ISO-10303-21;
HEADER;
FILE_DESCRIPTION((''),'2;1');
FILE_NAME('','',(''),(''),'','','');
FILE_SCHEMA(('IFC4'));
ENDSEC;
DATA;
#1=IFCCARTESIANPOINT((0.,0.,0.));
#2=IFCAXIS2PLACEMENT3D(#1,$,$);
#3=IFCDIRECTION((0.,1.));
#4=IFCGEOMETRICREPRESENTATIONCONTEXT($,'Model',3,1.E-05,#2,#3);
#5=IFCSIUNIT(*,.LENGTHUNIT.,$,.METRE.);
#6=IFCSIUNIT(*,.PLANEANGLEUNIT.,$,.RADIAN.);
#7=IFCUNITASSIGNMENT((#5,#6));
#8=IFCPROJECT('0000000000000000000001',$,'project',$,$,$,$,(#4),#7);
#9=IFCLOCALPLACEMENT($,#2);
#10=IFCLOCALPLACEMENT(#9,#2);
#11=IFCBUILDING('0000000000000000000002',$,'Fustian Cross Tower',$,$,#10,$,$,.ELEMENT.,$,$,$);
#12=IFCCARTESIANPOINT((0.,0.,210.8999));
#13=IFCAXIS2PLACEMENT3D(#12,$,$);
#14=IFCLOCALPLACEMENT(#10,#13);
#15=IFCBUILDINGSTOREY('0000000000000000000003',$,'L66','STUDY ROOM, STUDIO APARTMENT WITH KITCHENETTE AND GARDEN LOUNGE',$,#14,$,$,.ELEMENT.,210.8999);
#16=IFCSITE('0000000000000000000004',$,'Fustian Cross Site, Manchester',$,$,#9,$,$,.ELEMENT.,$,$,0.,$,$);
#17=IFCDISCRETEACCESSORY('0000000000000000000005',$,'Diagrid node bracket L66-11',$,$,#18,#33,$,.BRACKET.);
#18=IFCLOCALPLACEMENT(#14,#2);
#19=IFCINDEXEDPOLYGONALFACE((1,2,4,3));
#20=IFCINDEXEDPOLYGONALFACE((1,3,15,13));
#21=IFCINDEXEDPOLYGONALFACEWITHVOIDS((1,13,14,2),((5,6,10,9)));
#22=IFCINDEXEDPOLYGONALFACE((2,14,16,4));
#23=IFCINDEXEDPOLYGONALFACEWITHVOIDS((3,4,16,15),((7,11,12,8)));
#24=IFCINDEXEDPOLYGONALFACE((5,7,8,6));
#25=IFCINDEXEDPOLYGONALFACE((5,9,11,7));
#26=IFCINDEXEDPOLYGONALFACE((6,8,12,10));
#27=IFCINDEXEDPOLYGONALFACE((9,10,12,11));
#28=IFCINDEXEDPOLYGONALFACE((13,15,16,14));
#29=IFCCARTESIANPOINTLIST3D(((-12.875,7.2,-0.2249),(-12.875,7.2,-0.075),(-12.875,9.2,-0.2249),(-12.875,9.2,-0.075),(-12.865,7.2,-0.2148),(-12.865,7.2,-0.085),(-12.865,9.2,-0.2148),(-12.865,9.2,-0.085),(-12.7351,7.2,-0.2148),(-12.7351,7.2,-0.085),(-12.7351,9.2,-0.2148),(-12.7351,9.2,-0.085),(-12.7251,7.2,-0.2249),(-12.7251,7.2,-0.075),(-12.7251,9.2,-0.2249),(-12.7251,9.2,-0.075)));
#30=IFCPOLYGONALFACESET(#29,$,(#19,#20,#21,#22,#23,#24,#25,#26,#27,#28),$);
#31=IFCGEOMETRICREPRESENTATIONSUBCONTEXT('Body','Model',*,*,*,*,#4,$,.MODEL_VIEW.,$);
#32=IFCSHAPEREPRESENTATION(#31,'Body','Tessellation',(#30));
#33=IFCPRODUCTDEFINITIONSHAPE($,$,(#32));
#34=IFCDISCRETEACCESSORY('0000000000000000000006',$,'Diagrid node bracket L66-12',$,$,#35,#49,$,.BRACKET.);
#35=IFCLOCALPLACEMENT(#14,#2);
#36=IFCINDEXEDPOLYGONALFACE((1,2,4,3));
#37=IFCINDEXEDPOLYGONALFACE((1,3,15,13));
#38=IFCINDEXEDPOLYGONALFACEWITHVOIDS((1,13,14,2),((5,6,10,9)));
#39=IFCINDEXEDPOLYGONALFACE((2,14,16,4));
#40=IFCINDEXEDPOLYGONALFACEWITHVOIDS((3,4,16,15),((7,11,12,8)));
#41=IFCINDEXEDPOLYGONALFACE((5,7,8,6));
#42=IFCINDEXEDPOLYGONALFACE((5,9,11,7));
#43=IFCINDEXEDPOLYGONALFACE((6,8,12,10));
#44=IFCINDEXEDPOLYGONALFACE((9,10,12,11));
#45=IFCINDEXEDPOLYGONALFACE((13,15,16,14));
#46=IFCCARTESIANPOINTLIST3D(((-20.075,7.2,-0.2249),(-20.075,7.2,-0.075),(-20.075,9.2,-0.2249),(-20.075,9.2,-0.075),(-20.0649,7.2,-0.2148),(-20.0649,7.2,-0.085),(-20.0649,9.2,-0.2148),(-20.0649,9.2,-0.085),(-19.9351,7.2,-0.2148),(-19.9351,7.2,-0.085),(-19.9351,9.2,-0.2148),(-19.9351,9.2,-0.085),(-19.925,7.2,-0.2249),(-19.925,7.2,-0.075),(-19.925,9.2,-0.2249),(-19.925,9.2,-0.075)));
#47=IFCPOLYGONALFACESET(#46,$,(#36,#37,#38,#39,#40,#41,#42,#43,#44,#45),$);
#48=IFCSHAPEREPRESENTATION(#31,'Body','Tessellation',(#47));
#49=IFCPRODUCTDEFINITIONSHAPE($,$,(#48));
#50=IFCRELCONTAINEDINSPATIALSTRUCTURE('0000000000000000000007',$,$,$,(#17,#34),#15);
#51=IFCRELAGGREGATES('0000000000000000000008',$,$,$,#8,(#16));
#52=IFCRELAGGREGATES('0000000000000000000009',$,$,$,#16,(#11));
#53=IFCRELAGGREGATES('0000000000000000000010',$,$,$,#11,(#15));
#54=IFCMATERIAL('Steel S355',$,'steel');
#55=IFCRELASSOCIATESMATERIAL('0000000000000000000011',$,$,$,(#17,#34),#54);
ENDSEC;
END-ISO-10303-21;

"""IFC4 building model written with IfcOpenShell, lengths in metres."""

from ifc_helpers import new_model, si_unit, direction, frame, origin, origin_2d, place, context, subcontext, project, spatial, hollow_rectangle, extrude, material, element, save


model = new_model("IFC4")

# Units and contexts
model_context = context("Model", 3, precision=1e-05, world=origin(), true_north=direction((0.0, 1.0)))
body_context = subcontext(model_context, "Body", "Model", "MODEL_VIEW")
ifc_project = project(units=[si_unit("LENGTHUNIT", "METRE"), si_unit("PLANEANGLEUNIT", "RADIAN")], contexts=[model_context])

# Site, building, storey
site_placement = place(None, origin())
site = spatial("IfcSite", under=ifc_project, at=site_placement, Name="Fustian Cross Site, Manchester", CompositionType="ELEMENT", RefElevation=0.0)
building_placement = place(site_placement, origin())
building = spatial("IfcBuilding", under=site, at=building_placement, Name="Fustian Cross Tower", CompositionType="ELEMENT")
storey_placement = place(building_placement, frame((0.0, 0.0, 210.8999)))
storey = spatial("IfcBuildingStorey", under=building, at=storey_placement, Name="L66", Description="STUDY ROOM, STUDIO APARTMENT WITH KITCHENETTE AND GARDEN LOUNGE", CompositionType="ELEMENT", Elevation=210.8999)

# Discrete accessories
ifc_material_1 = material(Name="Steel S355", Category="steel")
for number, where, z_axis, x_axis, name in (
    (1, (-12.8, 9.2, -0.1499), (0.0, -1.0, 0.0), (1.0, 0.0, 0.0), "Diagrid node bracket L66-11"),
    (2, (-20.0, 9.2, -0.1499), (0.0, -1.0, 0.0), (1.0, 0.0, 0.0), "Diagrid node bracket L66-12"),
):
    element("IfcDiscreteAccessory", number, at=place(storey_placement, frame(where, z_axis=z_axis, x_axis=x_axis)), inside=storey, material=ifc_material_1, Name=name, PredefinedType="BRACKET", context=body_context, shape_type="SweptSolid", body=[
        extrude(hollow_rectangle(XDim=0.1499, YDim=0.1499, WallThickness=0.01, at=origin_2d()), origin(), (0.0, 0.0, 1.0), 2.0),
    ])

save(model, "model.ifc")
